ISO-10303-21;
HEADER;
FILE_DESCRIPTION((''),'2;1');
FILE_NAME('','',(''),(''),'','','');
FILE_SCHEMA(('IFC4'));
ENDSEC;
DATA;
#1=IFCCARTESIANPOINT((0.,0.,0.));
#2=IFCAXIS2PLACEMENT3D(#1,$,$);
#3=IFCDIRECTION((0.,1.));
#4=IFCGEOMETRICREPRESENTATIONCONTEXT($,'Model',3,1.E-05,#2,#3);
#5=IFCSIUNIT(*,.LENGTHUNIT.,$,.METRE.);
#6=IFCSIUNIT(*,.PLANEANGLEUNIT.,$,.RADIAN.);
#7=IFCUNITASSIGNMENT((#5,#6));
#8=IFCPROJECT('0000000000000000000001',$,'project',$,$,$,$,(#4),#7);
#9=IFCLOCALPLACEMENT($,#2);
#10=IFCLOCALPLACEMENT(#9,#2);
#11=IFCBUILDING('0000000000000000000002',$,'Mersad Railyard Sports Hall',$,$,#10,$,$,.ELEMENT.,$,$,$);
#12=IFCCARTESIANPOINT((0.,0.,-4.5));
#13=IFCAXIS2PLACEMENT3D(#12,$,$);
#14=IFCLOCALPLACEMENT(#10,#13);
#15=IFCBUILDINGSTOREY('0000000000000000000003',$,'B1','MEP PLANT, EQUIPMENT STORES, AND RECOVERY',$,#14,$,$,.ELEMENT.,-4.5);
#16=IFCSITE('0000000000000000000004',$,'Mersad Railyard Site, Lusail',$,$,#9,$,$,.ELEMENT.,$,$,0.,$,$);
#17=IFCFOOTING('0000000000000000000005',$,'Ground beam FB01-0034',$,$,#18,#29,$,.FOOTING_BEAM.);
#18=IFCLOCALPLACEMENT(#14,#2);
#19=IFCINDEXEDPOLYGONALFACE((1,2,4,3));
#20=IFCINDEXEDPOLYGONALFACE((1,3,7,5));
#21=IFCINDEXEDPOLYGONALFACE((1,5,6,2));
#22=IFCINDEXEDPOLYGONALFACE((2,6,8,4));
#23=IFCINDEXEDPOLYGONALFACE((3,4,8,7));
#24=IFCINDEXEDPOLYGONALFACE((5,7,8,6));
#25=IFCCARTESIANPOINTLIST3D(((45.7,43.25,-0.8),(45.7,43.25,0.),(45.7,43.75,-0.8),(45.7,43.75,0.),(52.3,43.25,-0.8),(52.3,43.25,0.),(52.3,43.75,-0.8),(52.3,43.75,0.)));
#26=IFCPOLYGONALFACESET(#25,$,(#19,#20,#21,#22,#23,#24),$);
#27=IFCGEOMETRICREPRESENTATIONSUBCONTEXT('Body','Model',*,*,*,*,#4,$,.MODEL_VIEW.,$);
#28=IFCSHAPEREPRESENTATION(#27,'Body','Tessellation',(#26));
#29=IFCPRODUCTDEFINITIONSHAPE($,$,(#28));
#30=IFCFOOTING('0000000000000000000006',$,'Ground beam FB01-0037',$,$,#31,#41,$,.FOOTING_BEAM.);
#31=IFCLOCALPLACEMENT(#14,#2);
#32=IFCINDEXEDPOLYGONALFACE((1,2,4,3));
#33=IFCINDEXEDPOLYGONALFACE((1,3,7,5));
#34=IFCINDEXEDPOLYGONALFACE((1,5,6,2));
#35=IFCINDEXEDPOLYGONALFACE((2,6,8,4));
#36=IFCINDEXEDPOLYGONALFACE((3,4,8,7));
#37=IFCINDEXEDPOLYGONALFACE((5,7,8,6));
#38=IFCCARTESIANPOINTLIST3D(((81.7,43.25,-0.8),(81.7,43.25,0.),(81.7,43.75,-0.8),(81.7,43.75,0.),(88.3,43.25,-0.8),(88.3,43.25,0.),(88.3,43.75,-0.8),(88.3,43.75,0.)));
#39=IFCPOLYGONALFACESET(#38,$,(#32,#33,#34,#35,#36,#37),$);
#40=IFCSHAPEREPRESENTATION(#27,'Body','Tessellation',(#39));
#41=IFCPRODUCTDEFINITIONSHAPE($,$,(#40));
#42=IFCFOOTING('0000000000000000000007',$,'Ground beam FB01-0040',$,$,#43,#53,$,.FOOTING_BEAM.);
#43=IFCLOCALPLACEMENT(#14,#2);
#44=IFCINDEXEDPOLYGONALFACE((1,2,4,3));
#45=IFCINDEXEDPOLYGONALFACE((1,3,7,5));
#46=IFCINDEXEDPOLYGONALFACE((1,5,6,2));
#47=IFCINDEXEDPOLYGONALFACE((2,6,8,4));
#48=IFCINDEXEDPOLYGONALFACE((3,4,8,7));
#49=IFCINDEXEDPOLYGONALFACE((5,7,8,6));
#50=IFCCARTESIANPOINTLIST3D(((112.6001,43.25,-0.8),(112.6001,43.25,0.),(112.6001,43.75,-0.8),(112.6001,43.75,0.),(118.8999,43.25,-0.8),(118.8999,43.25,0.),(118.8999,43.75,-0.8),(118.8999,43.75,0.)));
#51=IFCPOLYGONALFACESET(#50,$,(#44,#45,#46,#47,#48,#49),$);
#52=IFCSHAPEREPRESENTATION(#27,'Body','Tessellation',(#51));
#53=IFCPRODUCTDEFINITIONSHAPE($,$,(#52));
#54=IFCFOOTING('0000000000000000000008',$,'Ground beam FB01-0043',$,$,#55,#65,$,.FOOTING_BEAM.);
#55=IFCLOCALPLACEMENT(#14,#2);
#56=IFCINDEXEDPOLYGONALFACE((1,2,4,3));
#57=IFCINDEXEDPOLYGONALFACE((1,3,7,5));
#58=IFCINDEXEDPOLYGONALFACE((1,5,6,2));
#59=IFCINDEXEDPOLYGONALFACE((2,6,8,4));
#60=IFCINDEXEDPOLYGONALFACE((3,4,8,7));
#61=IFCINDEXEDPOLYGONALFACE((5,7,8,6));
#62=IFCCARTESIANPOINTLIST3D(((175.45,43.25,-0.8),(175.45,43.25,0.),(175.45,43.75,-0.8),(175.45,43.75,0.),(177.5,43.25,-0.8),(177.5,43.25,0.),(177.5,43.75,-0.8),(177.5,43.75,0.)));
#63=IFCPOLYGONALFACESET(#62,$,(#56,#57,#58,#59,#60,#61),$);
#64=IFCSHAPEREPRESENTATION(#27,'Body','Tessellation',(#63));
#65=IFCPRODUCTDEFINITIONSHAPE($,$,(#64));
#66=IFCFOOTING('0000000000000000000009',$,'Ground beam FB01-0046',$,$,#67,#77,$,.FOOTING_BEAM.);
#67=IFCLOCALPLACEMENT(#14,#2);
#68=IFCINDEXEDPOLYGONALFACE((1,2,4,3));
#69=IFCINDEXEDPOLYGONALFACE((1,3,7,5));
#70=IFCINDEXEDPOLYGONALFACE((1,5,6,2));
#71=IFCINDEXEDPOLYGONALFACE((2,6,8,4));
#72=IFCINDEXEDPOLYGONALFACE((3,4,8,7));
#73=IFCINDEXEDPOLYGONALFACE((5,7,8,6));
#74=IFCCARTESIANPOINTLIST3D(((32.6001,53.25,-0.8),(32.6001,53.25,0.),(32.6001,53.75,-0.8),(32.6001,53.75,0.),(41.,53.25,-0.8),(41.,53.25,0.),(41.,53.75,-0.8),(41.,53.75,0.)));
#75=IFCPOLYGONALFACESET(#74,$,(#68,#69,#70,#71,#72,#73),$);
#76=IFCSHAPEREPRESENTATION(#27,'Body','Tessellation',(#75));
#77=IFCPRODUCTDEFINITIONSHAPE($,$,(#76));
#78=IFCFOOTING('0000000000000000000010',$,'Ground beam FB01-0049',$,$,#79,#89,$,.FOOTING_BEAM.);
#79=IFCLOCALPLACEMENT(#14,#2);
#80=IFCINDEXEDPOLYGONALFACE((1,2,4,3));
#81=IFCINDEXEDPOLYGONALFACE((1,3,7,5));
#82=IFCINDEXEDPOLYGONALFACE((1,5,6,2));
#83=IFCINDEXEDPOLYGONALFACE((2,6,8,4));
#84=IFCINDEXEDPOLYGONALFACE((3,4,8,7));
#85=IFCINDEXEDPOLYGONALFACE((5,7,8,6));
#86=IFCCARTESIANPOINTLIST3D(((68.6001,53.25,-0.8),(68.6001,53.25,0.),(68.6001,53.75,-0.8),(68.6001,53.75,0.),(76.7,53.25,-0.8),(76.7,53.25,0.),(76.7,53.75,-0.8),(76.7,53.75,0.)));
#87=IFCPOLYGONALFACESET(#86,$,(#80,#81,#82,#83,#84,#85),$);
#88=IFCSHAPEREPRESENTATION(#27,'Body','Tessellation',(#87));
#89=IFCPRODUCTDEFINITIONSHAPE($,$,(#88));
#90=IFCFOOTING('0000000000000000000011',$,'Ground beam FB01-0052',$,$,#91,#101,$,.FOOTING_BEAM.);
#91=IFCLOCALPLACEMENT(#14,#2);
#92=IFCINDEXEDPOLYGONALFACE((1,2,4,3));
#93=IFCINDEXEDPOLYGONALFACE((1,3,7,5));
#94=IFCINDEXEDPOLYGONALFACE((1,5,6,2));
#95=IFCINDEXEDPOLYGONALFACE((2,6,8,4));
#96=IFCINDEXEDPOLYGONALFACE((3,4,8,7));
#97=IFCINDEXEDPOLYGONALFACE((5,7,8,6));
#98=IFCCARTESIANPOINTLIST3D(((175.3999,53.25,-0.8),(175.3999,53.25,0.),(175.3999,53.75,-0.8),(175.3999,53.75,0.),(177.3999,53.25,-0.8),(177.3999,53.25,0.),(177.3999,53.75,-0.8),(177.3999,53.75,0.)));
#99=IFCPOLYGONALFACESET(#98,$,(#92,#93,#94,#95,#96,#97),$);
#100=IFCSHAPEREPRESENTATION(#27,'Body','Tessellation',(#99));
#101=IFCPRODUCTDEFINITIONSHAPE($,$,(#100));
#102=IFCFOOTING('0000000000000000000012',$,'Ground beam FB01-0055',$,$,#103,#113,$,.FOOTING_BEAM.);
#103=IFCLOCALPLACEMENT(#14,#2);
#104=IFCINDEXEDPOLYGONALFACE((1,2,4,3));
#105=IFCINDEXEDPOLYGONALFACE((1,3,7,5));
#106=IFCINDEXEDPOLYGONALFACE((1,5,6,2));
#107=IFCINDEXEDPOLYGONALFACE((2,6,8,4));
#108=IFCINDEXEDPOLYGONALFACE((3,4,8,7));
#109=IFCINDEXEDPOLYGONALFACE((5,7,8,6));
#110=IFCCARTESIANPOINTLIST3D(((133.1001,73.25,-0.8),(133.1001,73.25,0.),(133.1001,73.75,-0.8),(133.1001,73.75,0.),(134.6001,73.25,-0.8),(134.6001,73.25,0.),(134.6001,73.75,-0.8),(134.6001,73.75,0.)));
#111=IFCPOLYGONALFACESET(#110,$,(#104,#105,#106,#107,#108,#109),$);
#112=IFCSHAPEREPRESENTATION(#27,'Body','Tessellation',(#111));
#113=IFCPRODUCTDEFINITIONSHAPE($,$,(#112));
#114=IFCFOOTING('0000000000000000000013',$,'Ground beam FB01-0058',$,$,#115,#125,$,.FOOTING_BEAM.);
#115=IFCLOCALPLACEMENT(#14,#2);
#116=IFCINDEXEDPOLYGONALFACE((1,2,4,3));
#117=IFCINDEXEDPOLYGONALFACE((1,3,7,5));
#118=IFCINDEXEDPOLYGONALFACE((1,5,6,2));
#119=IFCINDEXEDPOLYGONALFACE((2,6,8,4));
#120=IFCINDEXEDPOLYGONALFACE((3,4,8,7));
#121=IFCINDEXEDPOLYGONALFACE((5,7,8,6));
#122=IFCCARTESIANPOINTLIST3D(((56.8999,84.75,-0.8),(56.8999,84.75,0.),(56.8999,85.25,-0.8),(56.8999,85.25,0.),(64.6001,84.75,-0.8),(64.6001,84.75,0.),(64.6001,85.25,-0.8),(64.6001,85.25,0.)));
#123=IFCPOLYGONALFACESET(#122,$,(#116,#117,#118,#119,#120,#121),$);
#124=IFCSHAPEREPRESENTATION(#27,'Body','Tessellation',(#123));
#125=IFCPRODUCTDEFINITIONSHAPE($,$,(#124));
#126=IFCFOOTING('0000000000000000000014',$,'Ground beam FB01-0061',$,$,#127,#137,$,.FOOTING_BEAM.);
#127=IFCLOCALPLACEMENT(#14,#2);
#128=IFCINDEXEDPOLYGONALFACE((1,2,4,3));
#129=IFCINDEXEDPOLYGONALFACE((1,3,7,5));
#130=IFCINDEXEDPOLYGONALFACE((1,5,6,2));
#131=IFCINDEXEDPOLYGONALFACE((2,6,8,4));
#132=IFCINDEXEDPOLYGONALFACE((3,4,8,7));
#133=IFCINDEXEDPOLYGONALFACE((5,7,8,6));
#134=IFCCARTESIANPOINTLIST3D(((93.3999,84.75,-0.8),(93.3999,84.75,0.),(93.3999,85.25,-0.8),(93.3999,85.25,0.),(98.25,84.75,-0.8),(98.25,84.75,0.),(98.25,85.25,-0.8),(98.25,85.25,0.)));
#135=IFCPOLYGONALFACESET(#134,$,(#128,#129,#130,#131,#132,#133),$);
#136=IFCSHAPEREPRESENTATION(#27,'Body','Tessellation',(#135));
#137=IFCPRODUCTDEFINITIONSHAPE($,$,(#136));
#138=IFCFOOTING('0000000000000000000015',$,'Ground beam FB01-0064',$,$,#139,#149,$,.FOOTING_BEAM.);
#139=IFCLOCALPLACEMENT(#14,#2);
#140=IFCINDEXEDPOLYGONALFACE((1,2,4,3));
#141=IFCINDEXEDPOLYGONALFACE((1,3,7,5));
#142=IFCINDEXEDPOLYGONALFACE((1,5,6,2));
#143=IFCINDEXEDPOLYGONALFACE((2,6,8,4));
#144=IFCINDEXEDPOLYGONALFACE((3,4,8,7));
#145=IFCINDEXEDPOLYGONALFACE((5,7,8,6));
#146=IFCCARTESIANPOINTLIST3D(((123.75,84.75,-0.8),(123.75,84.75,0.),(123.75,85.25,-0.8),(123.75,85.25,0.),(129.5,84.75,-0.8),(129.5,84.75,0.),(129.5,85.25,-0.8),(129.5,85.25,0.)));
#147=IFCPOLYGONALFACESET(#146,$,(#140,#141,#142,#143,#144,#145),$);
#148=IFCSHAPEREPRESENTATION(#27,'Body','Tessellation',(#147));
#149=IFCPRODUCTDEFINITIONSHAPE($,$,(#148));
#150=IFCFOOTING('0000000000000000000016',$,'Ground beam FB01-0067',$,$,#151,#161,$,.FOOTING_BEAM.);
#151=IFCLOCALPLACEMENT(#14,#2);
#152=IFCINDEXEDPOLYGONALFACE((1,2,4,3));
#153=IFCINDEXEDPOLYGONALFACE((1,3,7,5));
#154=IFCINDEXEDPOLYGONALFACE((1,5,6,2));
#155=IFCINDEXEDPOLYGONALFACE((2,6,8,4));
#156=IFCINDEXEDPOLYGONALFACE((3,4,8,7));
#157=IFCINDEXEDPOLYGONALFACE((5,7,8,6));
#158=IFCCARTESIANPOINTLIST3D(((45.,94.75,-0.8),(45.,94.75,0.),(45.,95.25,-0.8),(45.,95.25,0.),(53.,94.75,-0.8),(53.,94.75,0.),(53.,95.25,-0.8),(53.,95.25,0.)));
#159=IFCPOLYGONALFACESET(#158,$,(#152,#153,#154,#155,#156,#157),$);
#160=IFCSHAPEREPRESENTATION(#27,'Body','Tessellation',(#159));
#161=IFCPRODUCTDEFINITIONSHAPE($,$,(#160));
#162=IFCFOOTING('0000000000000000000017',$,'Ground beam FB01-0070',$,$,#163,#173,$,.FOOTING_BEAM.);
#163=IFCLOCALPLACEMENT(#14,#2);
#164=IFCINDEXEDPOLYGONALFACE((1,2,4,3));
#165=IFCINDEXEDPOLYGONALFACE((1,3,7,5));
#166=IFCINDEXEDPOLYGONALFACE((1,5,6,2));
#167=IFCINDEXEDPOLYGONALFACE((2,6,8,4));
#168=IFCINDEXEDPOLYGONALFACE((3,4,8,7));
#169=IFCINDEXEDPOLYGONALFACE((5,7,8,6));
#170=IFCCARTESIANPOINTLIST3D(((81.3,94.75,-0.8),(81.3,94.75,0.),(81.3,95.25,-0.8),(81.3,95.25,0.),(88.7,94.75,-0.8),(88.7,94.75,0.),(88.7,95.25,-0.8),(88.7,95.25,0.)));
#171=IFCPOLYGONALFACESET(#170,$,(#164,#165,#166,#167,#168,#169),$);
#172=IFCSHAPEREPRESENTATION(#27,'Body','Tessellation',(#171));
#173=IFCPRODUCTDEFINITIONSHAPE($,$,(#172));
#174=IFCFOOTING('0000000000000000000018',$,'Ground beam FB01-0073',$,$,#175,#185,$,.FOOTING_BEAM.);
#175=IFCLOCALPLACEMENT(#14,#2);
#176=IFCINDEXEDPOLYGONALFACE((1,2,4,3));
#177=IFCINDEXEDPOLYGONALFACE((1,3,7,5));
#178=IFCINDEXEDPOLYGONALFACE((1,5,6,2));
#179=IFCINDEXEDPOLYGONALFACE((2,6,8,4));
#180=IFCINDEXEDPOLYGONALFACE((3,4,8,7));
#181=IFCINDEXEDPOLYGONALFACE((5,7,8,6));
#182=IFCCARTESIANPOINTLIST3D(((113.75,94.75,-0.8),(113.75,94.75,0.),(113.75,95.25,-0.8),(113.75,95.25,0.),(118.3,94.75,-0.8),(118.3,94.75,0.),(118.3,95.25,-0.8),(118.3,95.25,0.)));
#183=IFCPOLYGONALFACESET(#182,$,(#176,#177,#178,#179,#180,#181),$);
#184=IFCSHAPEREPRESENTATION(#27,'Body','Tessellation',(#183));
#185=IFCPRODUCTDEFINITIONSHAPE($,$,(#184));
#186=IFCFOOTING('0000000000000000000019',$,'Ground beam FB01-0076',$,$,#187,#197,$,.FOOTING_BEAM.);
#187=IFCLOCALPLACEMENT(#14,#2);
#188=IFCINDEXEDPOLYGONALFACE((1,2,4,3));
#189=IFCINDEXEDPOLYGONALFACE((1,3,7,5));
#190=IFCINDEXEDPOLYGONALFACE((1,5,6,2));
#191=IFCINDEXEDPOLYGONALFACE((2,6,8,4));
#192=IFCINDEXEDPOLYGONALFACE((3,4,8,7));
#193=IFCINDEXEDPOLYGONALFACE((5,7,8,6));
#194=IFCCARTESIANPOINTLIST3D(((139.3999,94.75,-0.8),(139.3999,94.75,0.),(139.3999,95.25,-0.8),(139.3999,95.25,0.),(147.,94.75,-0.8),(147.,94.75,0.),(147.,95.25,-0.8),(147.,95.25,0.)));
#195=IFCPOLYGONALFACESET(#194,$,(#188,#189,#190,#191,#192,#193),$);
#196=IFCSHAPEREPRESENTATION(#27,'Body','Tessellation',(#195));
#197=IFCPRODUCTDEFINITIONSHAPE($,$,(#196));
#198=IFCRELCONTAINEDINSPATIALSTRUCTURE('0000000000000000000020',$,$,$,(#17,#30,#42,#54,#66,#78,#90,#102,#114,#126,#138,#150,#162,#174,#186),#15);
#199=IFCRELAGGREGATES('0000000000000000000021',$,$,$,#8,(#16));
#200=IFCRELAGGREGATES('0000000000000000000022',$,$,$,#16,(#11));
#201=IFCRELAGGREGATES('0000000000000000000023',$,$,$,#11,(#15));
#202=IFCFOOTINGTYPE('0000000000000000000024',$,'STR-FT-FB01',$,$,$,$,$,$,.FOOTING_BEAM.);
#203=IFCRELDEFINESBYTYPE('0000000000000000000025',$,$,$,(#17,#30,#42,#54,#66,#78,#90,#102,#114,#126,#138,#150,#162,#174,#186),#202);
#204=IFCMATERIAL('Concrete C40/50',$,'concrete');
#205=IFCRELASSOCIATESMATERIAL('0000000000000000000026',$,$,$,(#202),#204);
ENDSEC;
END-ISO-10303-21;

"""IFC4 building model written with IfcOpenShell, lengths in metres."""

from ifc_helpers import new_model, si_unit, direction, frame, origin, place, context, subcontext, project, spatial, polyline, outline, extrude, material, type_object, element, save


model = new_model("IFC4")

# Units and contexts
model_context = context("Model", 3, precision=1e-05, world=origin(), true_north=direction((0.0, 1.0)))
body_context = subcontext(model_context, "Body", "Model", "MODEL_VIEW")
ifc_project = project(units=[si_unit("LENGTHUNIT", "METRE"), si_unit("PLANEANGLEUNIT", "RADIAN")], contexts=[model_context])

# Site, building, storey
site_placement = place(None, origin())
site = spatial("IfcSite", under=ifc_project, at=site_placement, Name="Mersad Railyard Site, Lusail", CompositionType="ELEMENT", RefElevation=0.0)
building_placement = place(site_placement, origin())
building = spatial("IfcBuilding", under=site, at=building_placement, Name="Mersad Railyard Sports Hall", CompositionType="ELEMENT")
storey_placement = place(building_placement, frame((0.0, 0.0, -4.5)))
storey = spatial("IfcBuildingStorey", under=building, at=storey_placement, Name="B1", Description="MEP PLANT, EQUIPMENT STORES, AND RECOVERY", CompositionType="ELEMENT", Elevation=-4.5)

# Footings
ifc_material = material(Name="Concrete C40/50", Category="concrete")
footing_type = type_object("IfcFootingType", Name="STR-FT-FB01", PredefinedType="FOOTING_BEAM", material=ifc_material)
footing_1_placement = place(storey_placement, frame((0.0, 0.0, -0.8)))
element("IfcFooting", 1, at=footing_1_placement, inside=storey, type_object=footing_type, Name="Ground beam FB01-0034", PredefinedType="FOOTING_BEAM", context=body_context, shape_type="SweptSolid", body=[
    extrude(outline(polyline([(45.7, 43.25), (52.3, 43.25), (52.3, 43.75), (45.7, 43.75), (45.7, 43.25)])), origin(), (0.0, 0.0, 1.0), 0.8),
])
footing_2_placement = place(storey_placement, frame((0.0, 0.0, -0.8)))
element("IfcFooting", 2, at=footing_2_placement, inside=storey, type_object=footing_type, Name="Ground beam FB01-0037", PredefinedType="FOOTING_BEAM", context=body_context, shape_type="SweptSolid", body=[
    extrude(outline(polyline([(81.7, 43.25), (88.3, 43.25), (88.3, 43.75), (81.7, 43.75), (81.7, 43.25)])), origin(), (0.0, 0.0, 1.0), 0.8),
])
footing_3_placement = place(storey_placement, frame((0.0, 0.0, -0.8)))
element("IfcFooting", 3, at=footing_3_placement, inside=storey, type_object=footing_type, Name="Ground beam FB01-0040", PredefinedType="FOOTING_BEAM", context=body_context, shape_type="SweptSolid", body=[
    extrude(outline(polyline([(112.6001, 43.25), (118.8999, 43.25), (118.8999, 43.75), (112.6001, 43.75), (112.6001, 43.25)])), origin(), (0.0, 0.0, 1.0), 0.8),
])
footing_4_placement = place(storey_placement, frame((0.0, 0.0, -0.8)))
element("IfcFooting", 4, at=footing_4_placement, inside=storey, type_object=footing_type, Name="Ground beam FB01-0043", PredefinedType="FOOTING_BEAM", context=body_context, shape_type="SweptSolid", body=[
    extrude(outline(polyline([(175.45, 43.25), (177.5, 43.25), (177.5, 43.75), (175.45, 43.75), (175.45, 43.25)])), origin(), (0.0, 0.0, 1.0), 0.8),
])
footing_5_placement = place(storey_placement, frame((0.0, 0.0, -0.8)))
element("IfcFooting", 5, at=footing_5_placement, inside=storey, type_object=footing_type, Name="Ground beam FB01-0046", PredefinedType="FOOTING_BEAM", context=body_context, shape_type="SweptSolid", body=[
    extrude(outline(polyline([(32.6001, 53.25), (41.0, 53.25), (41.0, 53.75), (32.6001, 53.75), (32.6001, 53.25)])), origin(), (0.0, 0.0, 1.0), 0.8),
])
footing_6_placement = place(storey_placement, frame((0.0, 0.0, -0.8)))
element("IfcFooting", 6, at=footing_6_placement, inside=storey, type_object=footing_type, Name="Ground beam FB01-0049", PredefinedType="FOOTING_BEAM", context=body_context, shape_type="SweptSolid", body=[
    extrude(outline(polyline([(68.6001, 53.25), (76.7, 53.25), (76.7, 53.75), (68.6001, 53.75), (68.6001, 53.25)])), origin(), (0.0, 0.0, 1.0), 0.8),
])
footing_7_placement = place(storey_placement, frame((0.0, 0.0, -0.8)))
element("IfcFooting", 7, at=footing_7_placement, inside=storey, type_object=footing_type, Name="Ground beam FB01-0052", PredefinedType="FOOTING_BEAM", context=body_context, shape_type="SweptSolid", body=[
    extrude(outline(polyline([(175.3999, 53.25), (177.3999, 53.25), (177.3999, 53.75), (175.3999, 53.75), (175.3999, 53.25)])), origin(), (0.0, 0.0, 1.0), 0.8),
])
footing_8_placement = place(storey_placement, frame((0.0, 0.0, -0.8)))
element("IfcFooting", 8, at=footing_8_placement, inside=storey, type_object=footing_type, Name="Ground beam FB01-0055", PredefinedType="FOOTING_BEAM", context=body_context, shape_type="SweptSolid", body=[
    extrude(outline(polyline([(133.1001, 73.25), (134.6001, 73.25), (134.6001, 73.75), (133.1001, 73.75), (133.1001, 73.25)])), origin(), (0.0, 0.0, 1.0), 0.8),
])
footing_9_placement = place(storey_placement, frame((0.0, 0.0, -0.8)))
element("IfcFooting", 9, at=footing_9_placement, inside=storey, type_object=footing_type, Name="Ground beam FB01-0058", PredefinedType="FOOTING_BEAM", context=body_context, shape_type="SweptSolid", body=[
    extrude(outline(polyline([(56.8999, 84.75), (64.6001, 84.75), (64.6001, 85.25), (56.8999, 85.25), (56.8999, 84.75)])), origin(), (0.0, 0.0, 1.0), 0.8),
])
footing_10_placement = place(storey_placement, frame((0.0, 0.0, -0.8)))
element("IfcFooting", 10, at=footing_10_placement, inside=storey, type_object=footing_type, Name="Ground beam FB01-0061", PredefinedType="FOOTING_BEAM", context=body_context, shape_type="SweptSolid", body=[
    extrude(outline(polyline([(93.3999, 84.75), (98.25, 84.75), (98.25, 85.25), (93.3999, 85.25), (93.3999, 84.75)])), origin(), (0.0, 0.0, 1.0), 0.8),
])
footing_11_placement = place(storey_placement, frame((0.0, 0.0, -0.8)))
element("IfcFooting", 11, at=footing_11_placement, inside=storey, type_object=footing_type, Name="Ground beam FB01-0064", PredefinedType="FOOTING_BEAM", context=body_context, shape_type="SweptSolid", body=[
    extrude(outline(polyline([(123.75, 84.75), (129.5, 84.75), (129.5, 85.25), (123.75, 85.25), (123.75, 84.75)])), origin(), (0.0, 0.0, 1.0), 0.8),
])
footing_12_placement = place(storey_placement, frame((0.0, 0.0, -0.8)))
element("IfcFooting", 12, at=footing_12_placement, inside=storey, type_object=footing_type, Name="Ground beam FB01-0067", PredefinedType="FOOTING_BEAM", context=body_context, shape_type="SweptSolid", body=[
    extrude(outline(polyline([(45.0, 94.75), (53.0, 94.75), (53.0, 95.25), (45.0, 95.25), (45.0, 94.75)])), origin(), (0.0, 0.0, 1.0), 0.8),
])
footing_13_placement = place(storey_placement, frame((0.0, 0.0, -0.8)))
element("IfcFooting", 13, at=footing_13_placement, inside=storey, type_object=footing_type, Name="Ground beam FB01-0070", PredefinedType="FOOTING_BEAM", context=body_context, shape_type="SweptSolid", body=[
    extrude(outline(polyline([(81.3, 94.75), (88.7, 94.75), (88.7, 95.25), (81.3, 95.25), (81.3, 94.75)])), origin(), (0.0, 0.0, 1.0), 0.8),
])
footing_14_placement = place(storey_placement, frame((0.0, 0.0, -0.8)))
element("IfcFooting", 14, at=footing_14_placement, inside=storey, type_object=footing_type, Name="Ground beam FB01-0073", PredefinedType="FOOTING_BEAM", context=body_context, shape_type="SweptSolid", body=[
    extrude(outline(polyline([(113.75, 94.75), (118.3, 94.75), (118.3, 95.25), (113.75, 95.25), (113.75, 94.75)])), origin(), (0.0, 0.0, 1.0), 0.8),
])
footing_15_placement = place(storey_placement, frame((0.0, 0.0, -0.8)))
element("IfcFooting", 15, at=footing_15_placement, inside=storey, type_object=footing_type, Name="Ground beam FB01-0076", PredefinedType="FOOTING_BEAM", context=body_context, shape_type="SweptSolid", body=[
    extrude(outline(polyline([(139.3999, 94.75), (147.0, 94.75), (147.0, 95.25), (139.3999, 95.25), (139.3999, 94.75)])), origin(), (0.0, 0.0, 1.0), 0.8),
])

save(model, "model.ifc")
